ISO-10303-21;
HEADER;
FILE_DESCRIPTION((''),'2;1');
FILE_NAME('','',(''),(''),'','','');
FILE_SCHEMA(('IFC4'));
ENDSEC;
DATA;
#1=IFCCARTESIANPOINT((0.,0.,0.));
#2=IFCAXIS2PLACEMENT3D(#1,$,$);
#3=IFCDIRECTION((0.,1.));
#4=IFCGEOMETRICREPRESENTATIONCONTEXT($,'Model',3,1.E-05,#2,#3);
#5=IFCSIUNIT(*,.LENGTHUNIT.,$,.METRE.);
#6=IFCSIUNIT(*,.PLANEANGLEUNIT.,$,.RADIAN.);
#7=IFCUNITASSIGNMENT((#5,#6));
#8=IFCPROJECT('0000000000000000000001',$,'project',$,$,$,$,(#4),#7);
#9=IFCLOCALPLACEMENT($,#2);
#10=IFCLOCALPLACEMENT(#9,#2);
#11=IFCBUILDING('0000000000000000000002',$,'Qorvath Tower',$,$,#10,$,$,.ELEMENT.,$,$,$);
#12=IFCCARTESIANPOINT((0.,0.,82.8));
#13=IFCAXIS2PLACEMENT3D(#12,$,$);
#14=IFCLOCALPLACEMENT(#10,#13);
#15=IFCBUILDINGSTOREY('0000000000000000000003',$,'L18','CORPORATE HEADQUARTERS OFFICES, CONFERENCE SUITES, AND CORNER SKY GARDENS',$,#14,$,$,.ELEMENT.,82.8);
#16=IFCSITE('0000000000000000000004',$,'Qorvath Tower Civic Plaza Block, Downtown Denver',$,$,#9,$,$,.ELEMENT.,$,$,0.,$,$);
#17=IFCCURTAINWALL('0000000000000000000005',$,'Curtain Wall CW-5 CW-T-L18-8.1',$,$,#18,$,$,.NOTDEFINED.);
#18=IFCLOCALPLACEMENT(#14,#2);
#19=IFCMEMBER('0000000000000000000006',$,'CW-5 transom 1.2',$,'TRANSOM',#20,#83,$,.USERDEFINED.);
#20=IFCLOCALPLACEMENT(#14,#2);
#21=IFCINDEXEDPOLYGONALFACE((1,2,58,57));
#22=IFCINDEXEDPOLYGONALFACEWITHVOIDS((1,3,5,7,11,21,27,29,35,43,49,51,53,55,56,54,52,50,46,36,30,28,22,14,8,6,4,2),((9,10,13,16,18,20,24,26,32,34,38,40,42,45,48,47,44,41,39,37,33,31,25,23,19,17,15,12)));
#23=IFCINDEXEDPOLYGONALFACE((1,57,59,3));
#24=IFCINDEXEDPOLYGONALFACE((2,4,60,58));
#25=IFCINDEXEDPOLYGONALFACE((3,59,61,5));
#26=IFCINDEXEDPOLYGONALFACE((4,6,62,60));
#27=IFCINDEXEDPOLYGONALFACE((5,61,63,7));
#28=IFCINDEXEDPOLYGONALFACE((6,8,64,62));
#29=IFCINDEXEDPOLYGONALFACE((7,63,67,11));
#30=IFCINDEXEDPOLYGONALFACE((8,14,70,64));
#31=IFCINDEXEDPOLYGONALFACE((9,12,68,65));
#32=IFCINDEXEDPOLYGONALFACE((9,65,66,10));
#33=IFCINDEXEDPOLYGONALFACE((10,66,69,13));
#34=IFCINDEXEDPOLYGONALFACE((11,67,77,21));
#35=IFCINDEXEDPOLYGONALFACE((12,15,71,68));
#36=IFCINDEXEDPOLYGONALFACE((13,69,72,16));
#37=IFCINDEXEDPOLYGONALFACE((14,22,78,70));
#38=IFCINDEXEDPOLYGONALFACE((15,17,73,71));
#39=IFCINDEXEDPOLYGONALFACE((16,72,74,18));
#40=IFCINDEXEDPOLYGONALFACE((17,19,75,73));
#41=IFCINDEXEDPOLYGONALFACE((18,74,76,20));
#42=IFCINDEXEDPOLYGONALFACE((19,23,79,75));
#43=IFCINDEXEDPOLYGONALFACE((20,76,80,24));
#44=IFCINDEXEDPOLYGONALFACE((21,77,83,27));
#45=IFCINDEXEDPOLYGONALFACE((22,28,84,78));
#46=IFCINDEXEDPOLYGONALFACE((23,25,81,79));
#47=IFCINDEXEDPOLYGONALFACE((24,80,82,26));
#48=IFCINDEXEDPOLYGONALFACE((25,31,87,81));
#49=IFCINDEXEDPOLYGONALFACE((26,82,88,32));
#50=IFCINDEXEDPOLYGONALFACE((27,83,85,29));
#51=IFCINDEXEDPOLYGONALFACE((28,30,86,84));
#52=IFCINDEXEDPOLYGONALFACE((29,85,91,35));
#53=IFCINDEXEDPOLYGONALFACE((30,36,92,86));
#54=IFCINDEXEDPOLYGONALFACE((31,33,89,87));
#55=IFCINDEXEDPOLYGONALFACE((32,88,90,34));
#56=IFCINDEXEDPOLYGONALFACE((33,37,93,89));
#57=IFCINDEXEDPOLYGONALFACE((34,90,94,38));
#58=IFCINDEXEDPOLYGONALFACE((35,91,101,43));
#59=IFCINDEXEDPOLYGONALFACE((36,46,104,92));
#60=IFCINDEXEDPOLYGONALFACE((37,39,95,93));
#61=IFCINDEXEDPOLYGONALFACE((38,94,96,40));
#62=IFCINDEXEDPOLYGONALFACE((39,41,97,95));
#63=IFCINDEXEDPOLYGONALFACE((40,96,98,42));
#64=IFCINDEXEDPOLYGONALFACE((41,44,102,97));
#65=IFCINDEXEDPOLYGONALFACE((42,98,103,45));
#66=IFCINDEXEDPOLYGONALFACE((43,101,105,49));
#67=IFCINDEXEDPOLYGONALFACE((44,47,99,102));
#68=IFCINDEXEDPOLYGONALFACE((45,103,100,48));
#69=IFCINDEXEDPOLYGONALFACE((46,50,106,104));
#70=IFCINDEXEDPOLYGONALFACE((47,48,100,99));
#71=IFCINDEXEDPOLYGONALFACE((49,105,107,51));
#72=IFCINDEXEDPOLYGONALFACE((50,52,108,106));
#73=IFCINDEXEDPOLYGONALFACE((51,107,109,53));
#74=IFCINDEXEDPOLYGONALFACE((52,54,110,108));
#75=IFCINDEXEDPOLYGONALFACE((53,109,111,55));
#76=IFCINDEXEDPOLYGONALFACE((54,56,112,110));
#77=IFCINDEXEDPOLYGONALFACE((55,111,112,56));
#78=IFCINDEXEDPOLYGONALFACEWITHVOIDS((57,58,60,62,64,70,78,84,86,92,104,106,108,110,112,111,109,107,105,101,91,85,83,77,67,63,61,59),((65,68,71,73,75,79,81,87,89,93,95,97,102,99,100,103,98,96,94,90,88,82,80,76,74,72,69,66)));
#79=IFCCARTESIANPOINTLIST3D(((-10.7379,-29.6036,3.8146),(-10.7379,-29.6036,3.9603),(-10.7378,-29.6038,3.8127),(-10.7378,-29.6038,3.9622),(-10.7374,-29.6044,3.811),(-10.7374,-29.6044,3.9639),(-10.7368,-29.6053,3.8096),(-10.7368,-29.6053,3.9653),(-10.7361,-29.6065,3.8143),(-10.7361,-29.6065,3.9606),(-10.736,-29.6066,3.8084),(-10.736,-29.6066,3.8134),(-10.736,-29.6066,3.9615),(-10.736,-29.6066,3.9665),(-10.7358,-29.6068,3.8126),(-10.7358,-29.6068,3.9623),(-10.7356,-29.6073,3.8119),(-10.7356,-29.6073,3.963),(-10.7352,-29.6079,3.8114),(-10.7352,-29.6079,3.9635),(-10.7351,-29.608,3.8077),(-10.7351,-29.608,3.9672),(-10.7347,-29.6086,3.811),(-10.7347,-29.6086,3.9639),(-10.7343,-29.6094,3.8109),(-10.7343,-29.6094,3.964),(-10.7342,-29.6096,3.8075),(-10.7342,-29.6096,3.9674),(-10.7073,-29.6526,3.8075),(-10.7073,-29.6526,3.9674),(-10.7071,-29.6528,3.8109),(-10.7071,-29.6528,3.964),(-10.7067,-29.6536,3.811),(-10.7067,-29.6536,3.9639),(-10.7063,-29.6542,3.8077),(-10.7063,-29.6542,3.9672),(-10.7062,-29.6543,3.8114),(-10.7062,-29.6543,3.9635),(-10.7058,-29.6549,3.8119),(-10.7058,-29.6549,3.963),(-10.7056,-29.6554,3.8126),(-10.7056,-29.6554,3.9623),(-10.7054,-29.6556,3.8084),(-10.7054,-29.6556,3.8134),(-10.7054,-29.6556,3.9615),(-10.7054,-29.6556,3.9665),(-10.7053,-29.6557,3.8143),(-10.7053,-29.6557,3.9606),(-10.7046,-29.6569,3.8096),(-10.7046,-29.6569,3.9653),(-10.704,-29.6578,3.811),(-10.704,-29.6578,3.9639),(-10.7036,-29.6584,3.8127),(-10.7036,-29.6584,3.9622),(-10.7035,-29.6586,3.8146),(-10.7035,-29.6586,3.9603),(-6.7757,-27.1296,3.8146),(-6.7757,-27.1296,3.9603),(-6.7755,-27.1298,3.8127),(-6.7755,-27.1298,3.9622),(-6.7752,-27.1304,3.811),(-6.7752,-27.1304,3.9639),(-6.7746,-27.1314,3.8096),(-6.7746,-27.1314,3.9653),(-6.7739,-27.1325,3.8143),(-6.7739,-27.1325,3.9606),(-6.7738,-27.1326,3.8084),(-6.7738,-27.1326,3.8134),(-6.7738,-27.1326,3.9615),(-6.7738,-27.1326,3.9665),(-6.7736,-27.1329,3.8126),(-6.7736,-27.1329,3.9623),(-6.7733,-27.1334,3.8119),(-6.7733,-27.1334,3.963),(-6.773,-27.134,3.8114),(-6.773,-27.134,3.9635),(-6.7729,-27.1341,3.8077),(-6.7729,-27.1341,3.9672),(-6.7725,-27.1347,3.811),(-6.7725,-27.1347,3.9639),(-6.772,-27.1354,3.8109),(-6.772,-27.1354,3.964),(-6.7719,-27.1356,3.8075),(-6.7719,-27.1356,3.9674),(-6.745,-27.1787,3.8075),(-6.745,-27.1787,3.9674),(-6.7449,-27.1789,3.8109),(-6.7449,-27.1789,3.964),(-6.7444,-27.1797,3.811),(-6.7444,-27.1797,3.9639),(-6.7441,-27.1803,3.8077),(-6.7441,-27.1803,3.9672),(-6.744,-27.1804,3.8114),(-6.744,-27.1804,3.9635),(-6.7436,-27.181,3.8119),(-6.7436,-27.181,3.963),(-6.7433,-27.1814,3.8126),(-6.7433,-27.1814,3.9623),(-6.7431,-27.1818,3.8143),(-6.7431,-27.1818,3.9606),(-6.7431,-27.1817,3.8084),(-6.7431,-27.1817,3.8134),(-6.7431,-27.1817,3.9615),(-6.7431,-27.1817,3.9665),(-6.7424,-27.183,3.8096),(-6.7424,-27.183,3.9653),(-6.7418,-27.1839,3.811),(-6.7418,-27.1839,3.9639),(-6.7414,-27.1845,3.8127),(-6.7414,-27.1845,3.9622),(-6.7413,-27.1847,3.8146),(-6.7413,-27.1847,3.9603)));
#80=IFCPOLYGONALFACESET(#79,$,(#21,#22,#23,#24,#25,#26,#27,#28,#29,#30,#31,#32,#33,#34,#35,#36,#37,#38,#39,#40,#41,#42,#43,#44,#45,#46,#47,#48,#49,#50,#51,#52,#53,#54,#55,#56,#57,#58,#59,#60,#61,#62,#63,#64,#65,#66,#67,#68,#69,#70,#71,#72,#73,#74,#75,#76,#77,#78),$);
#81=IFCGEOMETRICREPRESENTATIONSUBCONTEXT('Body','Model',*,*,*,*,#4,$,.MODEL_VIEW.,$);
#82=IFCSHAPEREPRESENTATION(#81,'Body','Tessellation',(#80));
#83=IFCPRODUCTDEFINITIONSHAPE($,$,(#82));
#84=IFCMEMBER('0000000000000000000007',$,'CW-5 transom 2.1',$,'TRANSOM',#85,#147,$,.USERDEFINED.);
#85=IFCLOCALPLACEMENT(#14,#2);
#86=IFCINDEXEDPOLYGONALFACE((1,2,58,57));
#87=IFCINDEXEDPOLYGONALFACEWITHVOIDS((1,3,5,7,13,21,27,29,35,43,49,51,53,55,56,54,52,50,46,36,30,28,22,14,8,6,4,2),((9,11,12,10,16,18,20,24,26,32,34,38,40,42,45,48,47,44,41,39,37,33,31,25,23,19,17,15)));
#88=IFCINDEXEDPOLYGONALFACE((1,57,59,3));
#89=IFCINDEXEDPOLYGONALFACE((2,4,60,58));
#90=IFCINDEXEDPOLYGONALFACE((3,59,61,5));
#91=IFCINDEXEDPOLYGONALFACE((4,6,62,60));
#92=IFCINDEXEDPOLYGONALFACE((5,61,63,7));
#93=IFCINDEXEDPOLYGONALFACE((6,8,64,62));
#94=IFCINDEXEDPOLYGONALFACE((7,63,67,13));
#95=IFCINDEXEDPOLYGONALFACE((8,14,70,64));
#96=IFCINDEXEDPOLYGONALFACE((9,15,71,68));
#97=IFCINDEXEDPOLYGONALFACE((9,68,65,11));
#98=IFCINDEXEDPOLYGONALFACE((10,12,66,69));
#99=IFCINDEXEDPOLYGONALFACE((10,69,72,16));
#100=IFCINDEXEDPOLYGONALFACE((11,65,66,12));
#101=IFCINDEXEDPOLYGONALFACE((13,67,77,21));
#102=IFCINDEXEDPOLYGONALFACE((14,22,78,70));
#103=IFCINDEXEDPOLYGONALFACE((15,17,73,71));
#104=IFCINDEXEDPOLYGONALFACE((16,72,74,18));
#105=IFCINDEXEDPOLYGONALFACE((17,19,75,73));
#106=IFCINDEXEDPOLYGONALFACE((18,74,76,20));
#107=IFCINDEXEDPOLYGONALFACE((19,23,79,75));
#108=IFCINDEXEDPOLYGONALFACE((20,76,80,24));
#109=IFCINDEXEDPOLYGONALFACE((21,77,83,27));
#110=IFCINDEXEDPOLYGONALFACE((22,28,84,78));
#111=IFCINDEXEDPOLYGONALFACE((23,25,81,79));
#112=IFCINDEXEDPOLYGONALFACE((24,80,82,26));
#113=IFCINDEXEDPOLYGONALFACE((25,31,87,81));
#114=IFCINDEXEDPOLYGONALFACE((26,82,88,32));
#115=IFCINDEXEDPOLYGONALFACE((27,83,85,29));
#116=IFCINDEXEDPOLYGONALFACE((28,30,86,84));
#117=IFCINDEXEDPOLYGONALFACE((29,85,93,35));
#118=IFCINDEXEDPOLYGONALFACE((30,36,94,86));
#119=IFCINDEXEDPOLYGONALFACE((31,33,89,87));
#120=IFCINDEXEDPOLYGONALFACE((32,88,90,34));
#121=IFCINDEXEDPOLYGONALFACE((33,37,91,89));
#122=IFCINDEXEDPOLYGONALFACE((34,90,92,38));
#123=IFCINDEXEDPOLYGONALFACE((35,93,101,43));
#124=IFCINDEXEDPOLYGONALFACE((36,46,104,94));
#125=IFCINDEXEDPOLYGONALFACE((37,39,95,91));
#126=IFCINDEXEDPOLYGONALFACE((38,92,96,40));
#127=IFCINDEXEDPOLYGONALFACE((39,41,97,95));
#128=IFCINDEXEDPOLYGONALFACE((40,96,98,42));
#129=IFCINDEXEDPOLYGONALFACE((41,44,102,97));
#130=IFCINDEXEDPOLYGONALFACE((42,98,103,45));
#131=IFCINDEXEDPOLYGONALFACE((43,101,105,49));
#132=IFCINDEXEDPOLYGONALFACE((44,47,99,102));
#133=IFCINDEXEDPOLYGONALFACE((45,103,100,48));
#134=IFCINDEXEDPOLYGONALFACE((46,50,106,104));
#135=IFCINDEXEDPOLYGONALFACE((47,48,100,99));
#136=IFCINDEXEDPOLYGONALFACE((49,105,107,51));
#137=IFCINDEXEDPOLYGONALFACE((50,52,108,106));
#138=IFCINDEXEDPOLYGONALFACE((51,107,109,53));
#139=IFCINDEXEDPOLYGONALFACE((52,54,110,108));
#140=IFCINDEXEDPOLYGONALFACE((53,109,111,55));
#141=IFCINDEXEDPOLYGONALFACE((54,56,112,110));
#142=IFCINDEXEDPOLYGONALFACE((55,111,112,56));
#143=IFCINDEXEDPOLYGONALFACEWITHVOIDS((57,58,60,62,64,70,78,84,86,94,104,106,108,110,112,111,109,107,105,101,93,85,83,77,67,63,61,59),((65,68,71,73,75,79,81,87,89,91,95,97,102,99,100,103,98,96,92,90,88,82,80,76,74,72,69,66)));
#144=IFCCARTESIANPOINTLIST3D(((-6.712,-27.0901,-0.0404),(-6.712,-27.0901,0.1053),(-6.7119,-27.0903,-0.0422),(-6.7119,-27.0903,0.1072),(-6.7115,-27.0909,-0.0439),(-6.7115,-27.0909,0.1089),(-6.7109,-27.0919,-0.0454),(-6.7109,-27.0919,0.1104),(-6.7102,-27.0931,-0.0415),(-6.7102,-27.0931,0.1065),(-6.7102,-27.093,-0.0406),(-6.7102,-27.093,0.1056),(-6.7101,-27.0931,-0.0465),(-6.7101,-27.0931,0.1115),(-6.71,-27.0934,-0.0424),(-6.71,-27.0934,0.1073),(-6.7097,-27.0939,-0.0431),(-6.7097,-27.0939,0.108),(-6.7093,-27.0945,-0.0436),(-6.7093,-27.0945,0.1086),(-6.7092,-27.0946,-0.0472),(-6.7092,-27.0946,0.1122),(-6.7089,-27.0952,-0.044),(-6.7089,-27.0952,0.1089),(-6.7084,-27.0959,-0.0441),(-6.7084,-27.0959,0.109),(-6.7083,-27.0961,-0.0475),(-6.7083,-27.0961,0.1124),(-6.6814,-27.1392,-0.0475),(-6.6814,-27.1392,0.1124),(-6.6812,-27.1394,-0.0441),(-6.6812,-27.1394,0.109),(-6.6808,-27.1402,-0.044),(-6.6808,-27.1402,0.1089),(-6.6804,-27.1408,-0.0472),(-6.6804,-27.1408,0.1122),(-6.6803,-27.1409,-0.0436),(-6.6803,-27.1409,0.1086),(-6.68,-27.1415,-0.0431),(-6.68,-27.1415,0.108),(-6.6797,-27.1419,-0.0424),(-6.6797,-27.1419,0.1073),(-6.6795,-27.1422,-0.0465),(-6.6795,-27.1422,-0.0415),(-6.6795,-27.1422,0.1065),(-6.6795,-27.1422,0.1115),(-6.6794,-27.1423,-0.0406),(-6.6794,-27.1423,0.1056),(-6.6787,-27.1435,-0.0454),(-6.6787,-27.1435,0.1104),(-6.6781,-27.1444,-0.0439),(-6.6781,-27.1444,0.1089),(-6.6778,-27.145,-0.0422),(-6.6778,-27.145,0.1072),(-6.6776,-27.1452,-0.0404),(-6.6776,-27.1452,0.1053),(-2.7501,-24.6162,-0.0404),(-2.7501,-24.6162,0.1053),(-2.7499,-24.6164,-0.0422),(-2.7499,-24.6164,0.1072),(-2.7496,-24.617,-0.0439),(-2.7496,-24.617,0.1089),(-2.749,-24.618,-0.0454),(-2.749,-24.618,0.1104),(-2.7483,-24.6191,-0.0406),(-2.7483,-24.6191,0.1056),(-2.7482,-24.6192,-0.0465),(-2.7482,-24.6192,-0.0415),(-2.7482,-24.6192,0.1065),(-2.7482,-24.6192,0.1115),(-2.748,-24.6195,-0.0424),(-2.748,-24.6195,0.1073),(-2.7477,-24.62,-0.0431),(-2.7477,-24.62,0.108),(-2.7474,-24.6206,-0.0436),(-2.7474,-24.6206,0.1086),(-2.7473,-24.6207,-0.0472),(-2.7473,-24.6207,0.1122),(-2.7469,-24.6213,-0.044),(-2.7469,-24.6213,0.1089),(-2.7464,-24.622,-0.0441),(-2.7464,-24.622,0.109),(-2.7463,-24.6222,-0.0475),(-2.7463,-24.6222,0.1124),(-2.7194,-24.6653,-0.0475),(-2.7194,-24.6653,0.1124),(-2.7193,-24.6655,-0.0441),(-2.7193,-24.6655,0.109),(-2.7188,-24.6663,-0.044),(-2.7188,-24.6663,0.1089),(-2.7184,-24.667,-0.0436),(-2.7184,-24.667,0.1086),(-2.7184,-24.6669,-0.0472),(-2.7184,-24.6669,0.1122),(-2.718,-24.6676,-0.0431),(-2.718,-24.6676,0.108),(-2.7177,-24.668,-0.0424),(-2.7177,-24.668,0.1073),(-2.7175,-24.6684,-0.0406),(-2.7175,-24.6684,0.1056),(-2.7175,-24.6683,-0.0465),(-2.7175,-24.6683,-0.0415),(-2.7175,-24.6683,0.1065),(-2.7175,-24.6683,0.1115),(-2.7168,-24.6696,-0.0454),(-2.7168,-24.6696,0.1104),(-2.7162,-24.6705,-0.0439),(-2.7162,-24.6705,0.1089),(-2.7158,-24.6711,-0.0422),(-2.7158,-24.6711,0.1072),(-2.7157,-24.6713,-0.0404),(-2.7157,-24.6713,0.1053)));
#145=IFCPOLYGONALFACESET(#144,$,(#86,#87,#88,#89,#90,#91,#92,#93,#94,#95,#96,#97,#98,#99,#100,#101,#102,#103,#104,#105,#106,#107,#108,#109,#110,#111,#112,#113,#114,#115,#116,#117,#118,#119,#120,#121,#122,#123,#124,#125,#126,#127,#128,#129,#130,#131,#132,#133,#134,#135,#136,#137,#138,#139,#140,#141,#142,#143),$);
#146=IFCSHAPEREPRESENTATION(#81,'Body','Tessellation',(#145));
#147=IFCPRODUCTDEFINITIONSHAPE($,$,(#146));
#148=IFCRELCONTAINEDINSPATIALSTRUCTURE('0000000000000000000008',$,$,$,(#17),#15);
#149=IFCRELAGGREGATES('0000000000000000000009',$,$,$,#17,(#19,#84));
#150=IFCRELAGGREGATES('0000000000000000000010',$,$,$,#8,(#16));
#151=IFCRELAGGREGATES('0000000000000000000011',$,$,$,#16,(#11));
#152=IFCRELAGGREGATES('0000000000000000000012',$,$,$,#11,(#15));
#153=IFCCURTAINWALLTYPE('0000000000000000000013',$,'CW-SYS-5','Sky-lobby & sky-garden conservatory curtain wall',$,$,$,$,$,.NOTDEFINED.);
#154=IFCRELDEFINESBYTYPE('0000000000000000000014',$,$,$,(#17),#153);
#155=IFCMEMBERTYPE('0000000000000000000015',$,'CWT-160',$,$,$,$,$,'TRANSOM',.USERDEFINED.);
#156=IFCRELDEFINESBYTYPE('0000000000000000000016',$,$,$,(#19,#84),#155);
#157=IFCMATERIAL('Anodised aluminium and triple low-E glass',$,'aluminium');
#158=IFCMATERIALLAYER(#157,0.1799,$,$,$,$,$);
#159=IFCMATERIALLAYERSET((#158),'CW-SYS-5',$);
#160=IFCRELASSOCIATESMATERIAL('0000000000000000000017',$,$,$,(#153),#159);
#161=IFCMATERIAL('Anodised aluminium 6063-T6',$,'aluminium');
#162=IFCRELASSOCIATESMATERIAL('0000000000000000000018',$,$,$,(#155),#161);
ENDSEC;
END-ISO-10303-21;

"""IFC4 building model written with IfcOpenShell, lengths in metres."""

from ifc_helpers import new_model, si_unit, direction, frame, origin, origin_2d, place, context, subcontext, project, spatial, hollow_rectangle, extrude, material, layer, layer_set, material_profile, profile_set, type_object, element, aggregate, save


model = new_model("IFC4")

# Units and contexts
model_context = context("Model", 3, precision=1e-05, world=origin(), true_north=direction((0.0, 1.0)))
body_context = subcontext(model_context, "Body", "Model", "MODEL_VIEW")
ifc_project = project(units=[si_unit("LENGTHUNIT", "METRE"), si_unit("PLANEANGLEUNIT", "RADIAN")], contexts=[model_context])

# Site, building, storey
site_placement = place(None, origin())
site = spatial("IfcSite", under=ifc_project, at=site_placement, Name="Qorvath Tower Civic Plaza Block, Downtown Denver", CompositionType="ELEMENT", RefElevation=0.0)
building_placement = place(site_placement, origin())
building = spatial("IfcBuilding", under=site, at=building_placement, Name="Qorvath Tower", CompositionType="ELEMENT")
storey_placement = place(building_placement, frame((0.0, 0.0, 82.8)))
storey = spatial("IfcBuildingStorey", under=building, at=storey_placement, Name="L18", Description="CORPORATE HEADQUARTERS OFFICES, CONFERENCE SUITES, AND CORNER SKY GARDENS", CompositionType="ELEMENT", Elevation=82.8)

# Shared definitions
ifc_material_1 = material(Name="Anodised aluminium and triple low-E glass", Category="aluminium")
ifc_layer_1 = layer(ifc_material_1, 0.1799)
ifc_layer_set_1 = layer_set([ifc_layer_1], Name="CW-SYS-5")
curtain_wall_type = type_object("IfcCurtainWallType", Name="CW-SYS-5", Description="Sky-lobby & sky-garden conservatory curtain wall", PredefinedType="NOTDEFINED", material=ifc_layer_set_1)

# Curtain wall
curtain_wall_1_placement = place(storey_placement, origin())
curtain_wall_1 = element("IfcCurtainWall", 1, at=curtain_wall_1_placement, inside=storey, type_object=curtain_wall_type, Name="Curtain Wall CW-5 CW-T-L18-8.1", PredefinedType="NOTDEFINED")

# Members
ifc_material_2 = material(Name="Anodised aluminium 6063-T6", Category="aluminium")
ifc_material_profile_1 = material_profile(ifc_material_2, hollow_rectangle(XDim=0.0649, YDim=0.1599, WallThickness=0.0034, InnerFilletRadius=0.0034, OuterFilletRadius=0.0071, at=origin_2d()), Name="CWT 160x65")
ifc_profile_set_1 = profile_set([ifc_material_profile_1], Name="Anodised aluminium 6063-T6")
member_type_1 = type_object("IfcMemberType", Name="CWT-160", ElementType="TRANSOM", PredefinedType="USERDEFINED", material=ifc_profile_set_1)
member_1_placement = place(storey_placement, frame((-10.7207, -29.6311, 3.8875), z_axis=(0.848236, 0.529618, 0.0), x_axis=(-0.529618, 0.848236, 0.0)))
member_1 = element("IfcMember", 2, at=member_1_placement, type_object=member_type_1, Name="CW-5 transom 1.2", ObjectType="TRANSOM", PredefinedType="USERDEFINED", context=body_context, shape_type="SweptSolid", body=[
    extrude(hollow_rectangle(XDim=0.0649, YDim=0.1599, WallThickness=0.0034, InnerFilletRadius=0.0034, OuterFilletRadius=0.0071, at=origin_2d()), origin(), (0.0, 0.0, 1.0), 4.6711),
])
member_2_placement = place(storey_placement, frame((-6.6948, -27.1177, 0.0325), z_axis=(0.848221, 0.529642, 0.0), x_axis=(-0.529642, 0.848221, 0.0)))
member_2 = element("IfcMember", 3, at=member_2_placement, type_object=member_type_1, Name="CW-5 transom 2.1", ObjectType="TRANSOM", PredefinedType="USERDEFINED", context=body_context, shape_type="SweptSolid", body=[
    extrude(hollow_rectangle(XDim=0.0649, YDim=0.1599, WallThickness=0.0034, InnerFilletRadius=0.0034, OuterFilletRadius=0.0071, at=origin_2d()), origin(), (0.0, 0.0, 1.0), 4.6709),
])

aggregate(curtain_wall_1, [member_1, member_2])

save(model, "model.ifc")
